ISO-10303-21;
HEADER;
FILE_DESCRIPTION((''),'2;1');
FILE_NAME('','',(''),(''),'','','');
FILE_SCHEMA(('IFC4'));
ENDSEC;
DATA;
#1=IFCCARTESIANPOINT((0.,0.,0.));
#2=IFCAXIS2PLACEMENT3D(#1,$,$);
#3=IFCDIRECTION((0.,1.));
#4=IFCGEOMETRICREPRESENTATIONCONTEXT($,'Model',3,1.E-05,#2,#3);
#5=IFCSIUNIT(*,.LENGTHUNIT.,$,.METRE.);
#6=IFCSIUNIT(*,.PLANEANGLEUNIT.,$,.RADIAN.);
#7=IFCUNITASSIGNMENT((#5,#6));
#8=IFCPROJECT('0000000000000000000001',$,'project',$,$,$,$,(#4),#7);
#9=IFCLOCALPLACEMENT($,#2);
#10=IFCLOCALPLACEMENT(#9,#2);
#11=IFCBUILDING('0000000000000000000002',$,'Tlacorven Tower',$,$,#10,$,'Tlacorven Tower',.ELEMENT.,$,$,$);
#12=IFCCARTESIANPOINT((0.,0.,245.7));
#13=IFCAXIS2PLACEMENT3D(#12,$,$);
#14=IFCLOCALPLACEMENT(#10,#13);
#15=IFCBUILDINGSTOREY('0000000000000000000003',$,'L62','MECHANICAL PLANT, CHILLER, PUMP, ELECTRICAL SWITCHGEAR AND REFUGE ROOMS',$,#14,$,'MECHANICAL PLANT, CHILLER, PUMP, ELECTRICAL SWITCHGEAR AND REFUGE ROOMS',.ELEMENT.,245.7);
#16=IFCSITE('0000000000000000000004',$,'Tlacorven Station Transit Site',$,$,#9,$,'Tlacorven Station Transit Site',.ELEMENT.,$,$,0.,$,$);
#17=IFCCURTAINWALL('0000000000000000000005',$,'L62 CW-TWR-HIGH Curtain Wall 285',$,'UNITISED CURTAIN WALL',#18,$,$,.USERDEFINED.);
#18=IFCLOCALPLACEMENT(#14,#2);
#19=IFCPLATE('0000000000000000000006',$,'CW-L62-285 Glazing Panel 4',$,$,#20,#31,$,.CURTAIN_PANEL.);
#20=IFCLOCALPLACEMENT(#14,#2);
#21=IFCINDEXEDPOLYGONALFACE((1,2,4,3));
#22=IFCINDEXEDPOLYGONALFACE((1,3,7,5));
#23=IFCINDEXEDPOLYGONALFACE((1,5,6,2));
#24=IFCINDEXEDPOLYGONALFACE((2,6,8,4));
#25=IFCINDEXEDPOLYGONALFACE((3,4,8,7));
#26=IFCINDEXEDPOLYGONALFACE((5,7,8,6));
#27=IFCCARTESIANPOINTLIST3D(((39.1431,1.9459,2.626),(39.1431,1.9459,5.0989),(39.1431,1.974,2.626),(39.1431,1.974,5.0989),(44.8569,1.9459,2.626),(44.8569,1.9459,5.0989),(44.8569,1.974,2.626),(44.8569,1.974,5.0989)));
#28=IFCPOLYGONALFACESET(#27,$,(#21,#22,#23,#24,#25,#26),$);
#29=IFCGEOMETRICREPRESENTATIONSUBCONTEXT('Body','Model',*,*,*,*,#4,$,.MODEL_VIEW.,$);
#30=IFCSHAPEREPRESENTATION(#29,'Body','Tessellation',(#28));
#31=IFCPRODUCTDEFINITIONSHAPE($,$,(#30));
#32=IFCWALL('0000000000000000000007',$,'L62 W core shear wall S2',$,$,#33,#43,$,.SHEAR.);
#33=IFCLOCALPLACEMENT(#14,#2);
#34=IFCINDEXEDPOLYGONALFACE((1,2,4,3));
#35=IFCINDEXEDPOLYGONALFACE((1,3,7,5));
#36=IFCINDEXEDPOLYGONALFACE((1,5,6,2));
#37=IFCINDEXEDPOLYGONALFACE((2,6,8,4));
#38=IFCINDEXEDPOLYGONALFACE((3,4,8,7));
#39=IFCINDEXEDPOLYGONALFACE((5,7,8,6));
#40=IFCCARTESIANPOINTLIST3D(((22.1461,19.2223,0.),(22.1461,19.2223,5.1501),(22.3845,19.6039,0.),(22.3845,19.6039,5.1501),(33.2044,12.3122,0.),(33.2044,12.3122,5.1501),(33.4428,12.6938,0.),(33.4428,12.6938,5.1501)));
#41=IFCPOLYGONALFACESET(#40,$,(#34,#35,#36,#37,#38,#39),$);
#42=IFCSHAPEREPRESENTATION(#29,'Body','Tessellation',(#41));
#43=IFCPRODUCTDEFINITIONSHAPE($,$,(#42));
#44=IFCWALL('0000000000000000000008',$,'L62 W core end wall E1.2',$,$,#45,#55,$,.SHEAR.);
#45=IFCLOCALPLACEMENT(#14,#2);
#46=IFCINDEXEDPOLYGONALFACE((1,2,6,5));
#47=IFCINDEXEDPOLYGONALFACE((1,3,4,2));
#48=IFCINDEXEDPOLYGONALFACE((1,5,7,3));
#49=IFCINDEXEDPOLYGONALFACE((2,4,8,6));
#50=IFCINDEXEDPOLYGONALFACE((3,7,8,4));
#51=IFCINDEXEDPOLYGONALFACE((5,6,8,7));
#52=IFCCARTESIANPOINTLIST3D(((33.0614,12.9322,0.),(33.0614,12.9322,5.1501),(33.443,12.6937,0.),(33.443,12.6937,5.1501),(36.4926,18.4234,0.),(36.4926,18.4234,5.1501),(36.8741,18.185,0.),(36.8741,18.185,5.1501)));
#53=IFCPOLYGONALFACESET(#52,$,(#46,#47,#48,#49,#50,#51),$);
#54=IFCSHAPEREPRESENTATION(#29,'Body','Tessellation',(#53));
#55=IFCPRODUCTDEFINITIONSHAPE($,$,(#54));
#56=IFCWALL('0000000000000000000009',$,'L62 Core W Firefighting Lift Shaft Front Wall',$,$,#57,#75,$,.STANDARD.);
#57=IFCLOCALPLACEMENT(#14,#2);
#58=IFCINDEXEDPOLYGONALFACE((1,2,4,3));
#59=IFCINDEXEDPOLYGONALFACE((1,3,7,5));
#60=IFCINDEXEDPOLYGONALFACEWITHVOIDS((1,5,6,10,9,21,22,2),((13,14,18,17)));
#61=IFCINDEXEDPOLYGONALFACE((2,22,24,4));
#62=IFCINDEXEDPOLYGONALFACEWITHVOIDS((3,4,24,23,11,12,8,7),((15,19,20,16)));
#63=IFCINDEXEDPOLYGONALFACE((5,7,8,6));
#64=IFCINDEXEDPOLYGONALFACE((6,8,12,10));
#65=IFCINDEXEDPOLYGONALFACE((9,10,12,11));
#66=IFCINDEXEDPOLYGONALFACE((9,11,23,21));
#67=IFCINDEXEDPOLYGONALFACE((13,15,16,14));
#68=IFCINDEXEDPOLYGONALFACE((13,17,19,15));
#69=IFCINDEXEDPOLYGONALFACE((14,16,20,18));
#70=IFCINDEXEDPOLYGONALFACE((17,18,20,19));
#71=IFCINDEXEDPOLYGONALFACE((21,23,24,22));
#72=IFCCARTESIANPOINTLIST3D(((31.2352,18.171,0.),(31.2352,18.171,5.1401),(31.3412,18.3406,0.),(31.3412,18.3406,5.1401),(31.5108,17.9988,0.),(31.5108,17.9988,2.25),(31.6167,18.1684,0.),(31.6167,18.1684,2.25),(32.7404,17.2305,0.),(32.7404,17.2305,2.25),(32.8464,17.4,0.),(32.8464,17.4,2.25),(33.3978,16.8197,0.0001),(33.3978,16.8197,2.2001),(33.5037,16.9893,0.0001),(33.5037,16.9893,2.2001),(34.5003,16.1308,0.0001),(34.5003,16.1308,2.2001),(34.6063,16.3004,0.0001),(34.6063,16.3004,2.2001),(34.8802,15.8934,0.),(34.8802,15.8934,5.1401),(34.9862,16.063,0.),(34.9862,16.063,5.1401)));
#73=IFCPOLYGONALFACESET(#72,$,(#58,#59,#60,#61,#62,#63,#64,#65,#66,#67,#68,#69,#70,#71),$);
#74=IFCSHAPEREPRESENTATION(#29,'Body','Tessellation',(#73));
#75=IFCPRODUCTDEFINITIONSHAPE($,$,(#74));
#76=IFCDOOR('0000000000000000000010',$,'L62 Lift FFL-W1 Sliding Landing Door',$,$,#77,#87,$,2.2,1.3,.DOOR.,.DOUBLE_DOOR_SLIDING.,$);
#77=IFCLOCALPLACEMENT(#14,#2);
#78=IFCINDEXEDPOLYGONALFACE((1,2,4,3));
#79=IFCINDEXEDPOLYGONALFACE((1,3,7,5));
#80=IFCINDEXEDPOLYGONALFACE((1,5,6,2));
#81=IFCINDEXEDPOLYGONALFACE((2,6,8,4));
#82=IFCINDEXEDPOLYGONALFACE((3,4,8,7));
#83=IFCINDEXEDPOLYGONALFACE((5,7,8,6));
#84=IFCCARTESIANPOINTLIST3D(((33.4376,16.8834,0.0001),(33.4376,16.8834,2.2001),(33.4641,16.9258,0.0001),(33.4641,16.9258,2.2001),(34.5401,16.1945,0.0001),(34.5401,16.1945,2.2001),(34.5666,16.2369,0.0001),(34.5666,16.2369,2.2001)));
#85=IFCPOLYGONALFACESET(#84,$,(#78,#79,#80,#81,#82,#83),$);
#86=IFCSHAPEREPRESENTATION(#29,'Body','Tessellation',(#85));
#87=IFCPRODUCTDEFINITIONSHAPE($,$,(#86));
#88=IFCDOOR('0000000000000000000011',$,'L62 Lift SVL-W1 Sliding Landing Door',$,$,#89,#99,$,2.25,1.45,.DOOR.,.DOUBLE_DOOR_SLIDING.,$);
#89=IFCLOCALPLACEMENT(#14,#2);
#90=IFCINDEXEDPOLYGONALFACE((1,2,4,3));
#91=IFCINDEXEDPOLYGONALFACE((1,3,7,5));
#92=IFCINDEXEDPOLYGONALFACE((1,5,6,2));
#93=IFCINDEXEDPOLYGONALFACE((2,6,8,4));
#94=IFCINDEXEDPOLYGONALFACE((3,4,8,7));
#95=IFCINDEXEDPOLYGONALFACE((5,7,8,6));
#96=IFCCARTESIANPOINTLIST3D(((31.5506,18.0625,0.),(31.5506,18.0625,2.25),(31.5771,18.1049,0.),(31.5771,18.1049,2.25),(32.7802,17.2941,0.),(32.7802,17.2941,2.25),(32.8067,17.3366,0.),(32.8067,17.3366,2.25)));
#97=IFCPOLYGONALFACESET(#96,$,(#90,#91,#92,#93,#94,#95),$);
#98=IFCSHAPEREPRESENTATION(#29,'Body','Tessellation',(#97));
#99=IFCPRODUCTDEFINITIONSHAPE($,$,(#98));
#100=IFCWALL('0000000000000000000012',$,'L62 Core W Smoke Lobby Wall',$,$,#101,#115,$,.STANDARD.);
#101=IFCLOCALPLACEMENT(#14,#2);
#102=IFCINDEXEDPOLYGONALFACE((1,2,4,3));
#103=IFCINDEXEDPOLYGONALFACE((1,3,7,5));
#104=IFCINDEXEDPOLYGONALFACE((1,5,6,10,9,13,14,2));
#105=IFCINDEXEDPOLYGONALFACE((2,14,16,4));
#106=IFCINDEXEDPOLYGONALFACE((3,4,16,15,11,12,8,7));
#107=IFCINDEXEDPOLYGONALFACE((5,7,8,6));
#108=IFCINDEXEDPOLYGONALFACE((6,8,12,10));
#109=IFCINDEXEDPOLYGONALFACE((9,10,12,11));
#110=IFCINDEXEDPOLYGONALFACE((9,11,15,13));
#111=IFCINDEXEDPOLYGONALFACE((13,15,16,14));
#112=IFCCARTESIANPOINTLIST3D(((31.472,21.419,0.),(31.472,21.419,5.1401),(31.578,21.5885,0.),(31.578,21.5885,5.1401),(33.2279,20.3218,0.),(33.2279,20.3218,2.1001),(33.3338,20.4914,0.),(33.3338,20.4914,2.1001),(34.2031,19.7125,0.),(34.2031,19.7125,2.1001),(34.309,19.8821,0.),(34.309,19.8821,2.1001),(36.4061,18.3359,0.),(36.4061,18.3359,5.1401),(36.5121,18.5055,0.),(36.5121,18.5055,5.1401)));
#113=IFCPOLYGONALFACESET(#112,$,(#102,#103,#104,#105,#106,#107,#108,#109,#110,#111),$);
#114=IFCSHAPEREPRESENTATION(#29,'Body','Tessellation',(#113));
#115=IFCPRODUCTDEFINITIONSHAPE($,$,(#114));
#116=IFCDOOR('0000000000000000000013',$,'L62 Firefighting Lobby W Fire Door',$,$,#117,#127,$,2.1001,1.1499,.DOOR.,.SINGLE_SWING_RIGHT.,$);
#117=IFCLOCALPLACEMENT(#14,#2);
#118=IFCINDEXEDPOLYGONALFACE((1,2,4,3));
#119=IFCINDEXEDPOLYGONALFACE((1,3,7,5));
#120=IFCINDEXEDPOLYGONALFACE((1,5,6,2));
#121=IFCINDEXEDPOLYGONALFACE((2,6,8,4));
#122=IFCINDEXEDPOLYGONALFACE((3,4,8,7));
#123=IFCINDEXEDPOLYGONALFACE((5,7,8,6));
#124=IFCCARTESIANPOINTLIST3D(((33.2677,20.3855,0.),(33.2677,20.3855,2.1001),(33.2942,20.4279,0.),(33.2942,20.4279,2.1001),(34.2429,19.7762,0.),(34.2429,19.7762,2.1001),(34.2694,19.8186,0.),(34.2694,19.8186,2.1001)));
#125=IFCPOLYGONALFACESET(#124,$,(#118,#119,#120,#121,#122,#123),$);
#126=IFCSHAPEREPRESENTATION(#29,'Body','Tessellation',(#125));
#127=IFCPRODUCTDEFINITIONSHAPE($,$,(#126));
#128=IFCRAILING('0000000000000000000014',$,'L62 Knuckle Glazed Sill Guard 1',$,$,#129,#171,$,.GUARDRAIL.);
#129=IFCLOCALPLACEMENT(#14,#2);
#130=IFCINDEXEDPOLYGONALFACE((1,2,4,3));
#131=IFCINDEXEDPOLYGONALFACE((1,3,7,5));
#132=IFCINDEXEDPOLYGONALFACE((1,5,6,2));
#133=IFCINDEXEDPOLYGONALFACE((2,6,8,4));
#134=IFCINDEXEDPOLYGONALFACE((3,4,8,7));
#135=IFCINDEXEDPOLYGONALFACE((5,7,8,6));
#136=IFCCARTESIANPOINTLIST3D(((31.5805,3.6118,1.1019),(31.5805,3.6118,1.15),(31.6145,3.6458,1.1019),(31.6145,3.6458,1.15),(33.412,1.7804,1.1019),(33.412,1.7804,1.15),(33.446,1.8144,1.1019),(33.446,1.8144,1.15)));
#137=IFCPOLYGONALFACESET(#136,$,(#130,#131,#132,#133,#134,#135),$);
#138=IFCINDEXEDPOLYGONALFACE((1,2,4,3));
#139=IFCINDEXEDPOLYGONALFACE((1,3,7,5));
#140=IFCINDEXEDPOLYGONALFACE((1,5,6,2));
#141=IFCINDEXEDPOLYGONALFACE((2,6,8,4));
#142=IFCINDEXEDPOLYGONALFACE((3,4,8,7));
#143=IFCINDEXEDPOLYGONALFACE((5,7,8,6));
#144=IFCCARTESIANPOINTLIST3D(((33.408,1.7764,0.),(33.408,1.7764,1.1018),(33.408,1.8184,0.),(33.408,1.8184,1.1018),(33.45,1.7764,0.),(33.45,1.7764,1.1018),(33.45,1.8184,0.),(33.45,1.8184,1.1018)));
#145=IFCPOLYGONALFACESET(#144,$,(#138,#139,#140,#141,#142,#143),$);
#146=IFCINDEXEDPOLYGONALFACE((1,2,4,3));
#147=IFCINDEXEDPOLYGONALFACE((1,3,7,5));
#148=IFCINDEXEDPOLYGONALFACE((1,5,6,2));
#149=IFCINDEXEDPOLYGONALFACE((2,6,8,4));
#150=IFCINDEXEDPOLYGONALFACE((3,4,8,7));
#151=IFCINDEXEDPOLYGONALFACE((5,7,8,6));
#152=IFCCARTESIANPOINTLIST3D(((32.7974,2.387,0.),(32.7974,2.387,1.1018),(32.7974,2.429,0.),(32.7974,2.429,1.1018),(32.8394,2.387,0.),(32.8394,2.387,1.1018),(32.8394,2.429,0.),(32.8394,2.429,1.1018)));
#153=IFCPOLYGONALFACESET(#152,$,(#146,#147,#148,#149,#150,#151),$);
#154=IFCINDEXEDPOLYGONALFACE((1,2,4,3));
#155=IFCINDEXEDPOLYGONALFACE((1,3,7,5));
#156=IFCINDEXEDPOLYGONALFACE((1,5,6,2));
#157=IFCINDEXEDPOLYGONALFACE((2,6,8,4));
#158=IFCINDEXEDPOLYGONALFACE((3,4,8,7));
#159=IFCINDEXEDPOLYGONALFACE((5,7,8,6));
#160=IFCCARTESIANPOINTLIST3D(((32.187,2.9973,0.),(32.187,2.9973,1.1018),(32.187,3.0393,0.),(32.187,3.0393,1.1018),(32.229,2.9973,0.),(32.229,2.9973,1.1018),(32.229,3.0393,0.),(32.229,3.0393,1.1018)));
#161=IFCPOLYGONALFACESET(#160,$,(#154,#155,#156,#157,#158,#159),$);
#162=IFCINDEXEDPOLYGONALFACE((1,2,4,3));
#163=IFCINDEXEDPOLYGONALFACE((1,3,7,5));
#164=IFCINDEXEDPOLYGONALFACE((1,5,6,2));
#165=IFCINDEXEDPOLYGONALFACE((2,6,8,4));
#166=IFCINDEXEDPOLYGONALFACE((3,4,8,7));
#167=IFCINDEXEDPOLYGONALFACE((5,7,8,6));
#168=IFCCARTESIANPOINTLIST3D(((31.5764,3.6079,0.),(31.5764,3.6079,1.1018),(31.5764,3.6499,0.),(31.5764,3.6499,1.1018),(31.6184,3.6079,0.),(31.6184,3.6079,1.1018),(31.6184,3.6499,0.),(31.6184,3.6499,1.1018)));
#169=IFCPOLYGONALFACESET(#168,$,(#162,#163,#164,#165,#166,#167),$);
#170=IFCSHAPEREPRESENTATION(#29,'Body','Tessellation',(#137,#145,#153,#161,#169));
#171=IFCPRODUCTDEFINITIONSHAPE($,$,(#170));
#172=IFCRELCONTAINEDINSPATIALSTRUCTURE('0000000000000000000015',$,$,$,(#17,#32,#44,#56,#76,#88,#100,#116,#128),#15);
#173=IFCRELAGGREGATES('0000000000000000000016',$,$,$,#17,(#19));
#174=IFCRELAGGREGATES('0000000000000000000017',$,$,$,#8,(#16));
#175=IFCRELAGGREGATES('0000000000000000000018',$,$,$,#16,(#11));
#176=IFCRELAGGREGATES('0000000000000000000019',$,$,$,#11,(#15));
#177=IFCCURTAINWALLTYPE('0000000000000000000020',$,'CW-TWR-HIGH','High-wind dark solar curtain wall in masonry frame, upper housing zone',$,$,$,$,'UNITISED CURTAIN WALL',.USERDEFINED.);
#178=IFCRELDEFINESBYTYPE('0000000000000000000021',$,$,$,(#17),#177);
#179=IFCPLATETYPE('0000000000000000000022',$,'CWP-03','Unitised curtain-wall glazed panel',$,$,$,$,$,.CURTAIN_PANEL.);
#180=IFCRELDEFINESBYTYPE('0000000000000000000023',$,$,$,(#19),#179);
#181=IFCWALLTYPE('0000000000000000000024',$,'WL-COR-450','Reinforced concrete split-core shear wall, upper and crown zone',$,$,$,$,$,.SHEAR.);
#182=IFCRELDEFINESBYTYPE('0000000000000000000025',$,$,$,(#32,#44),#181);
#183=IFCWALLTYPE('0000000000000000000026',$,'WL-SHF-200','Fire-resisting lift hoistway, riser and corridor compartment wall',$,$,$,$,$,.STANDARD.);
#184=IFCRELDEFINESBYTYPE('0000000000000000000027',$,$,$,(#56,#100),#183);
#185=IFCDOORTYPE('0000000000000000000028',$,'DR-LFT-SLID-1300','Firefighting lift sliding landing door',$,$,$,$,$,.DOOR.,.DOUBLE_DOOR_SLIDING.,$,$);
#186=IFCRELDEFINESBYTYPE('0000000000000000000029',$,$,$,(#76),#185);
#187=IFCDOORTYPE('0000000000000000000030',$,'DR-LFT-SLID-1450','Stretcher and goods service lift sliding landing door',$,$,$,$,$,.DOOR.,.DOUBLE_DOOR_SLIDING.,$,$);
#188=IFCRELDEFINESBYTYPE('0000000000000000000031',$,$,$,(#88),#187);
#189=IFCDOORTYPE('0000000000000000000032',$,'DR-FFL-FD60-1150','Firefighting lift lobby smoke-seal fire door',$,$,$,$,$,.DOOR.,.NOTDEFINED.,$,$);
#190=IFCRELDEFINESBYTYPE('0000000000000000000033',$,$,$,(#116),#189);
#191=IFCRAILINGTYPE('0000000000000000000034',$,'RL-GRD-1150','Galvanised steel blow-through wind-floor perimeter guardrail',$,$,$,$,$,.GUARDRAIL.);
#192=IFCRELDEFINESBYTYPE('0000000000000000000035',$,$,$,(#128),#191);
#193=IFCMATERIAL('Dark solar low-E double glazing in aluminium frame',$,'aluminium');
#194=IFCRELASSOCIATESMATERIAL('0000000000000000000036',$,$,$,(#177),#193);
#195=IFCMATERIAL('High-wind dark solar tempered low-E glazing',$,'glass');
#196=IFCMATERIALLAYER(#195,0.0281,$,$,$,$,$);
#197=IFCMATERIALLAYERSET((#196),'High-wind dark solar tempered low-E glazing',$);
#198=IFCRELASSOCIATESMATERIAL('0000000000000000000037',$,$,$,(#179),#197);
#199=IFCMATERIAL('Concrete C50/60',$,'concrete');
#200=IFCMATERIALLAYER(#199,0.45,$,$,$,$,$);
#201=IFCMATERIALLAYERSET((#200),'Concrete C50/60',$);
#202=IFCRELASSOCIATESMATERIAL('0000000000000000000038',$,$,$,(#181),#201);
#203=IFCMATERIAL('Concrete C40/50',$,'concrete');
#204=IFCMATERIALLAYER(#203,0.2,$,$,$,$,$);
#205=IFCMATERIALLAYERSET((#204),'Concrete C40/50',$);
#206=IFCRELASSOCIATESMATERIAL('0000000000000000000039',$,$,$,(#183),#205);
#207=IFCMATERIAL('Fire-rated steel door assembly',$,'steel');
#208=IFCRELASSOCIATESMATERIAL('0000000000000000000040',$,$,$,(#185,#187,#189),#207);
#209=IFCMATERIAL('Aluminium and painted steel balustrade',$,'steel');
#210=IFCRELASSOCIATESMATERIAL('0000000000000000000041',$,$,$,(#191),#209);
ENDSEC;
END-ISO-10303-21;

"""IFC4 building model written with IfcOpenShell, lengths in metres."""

from ifc_helpers import new_model, si_unit, direction, frame, frame_2d, origin, origin_2d, place, context, subcontext, project, spatial, rectangle, extrude, source, transform, mapped, material, layer, layer_set, type_object, element, fill, aggregate, save


model = new_model("IFC4")

# Units and contexts
model_context = context("Model", 3, precision=1e-05, world=origin(), true_north=direction((0.0, 1.0)))
body_context = subcontext(model_context, "Body", "Model", "MODEL_VIEW")
ifc_project = project(units=[si_unit("LENGTHUNIT", "METRE"), si_unit("PLANEANGLEUNIT", "RADIAN")], contexts=[model_context])

# Site, building, storey
site_placement = place(None, origin())
site = spatial("IfcSite", under=ifc_project, at=site_placement, Name="Tlacorven Station Transit Site", LongName="Tlacorven Station Transit Site", CompositionType="ELEMENT", RefElevation=0.0)
building_placement = place(site_placement, origin())
building = spatial("IfcBuilding", under=site, at=building_placement, Name="Tlacorven Tower", LongName="Tlacorven Tower", CompositionType="ELEMENT")
storey_placement = place(building_placement, frame((0.0, 0.0, 245.7)))
storey = spatial("IfcBuildingStorey", under=building, at=storey_placement, Name="L62", Description="MECHANICAL PLANT, CHILLER, PUMP, ELECTRICAL SWITCHGEAR AND REFUGE ROOMS", LongName="MECHANICAL PLANT, CHILLER, PUMP, ELECTRICAL SWITCHGEAR AND REFUGE ROOMS", CompositionType="ELEMENT", Elevation=245.7)

# Curtain wall
ifc_material_1 = material(Name="Dark solar low-E double glazing in aluminium frame", Category="aluminium")
curtain_wall_type = type_object("IfcCurtainWallType", Name="CW-TWR-HIGH", Description="High-wind dark solar curtain wall in masonry frame, upper housing zone", ElementType="UNITISED CURTAIN WALL", PredefinedType="USERDEFINED", material=ifc_material_1)
curtain_wall_1_placement = place(storey_placement, origin())
curtain_wall_1 = element("IfcCurtainWall", 1, at=curtain_wall_1_placement, inside=storey, type_object=curtain_wall_type, Name="L62 CW-TWR-HIGH Curtain Wall 285", ObjectType="UNITISED CURTAIN WALL", PredefinedType="USERDEFINED")

# Plate
ifc_material_2 = material(Name="High-wind dark solar tempered low-E glazing", Category="glass")
ifc_layer_1 = layer(ifc_material_2, 0.0281)
ifc_layer_set_1 = layer_set([ifc_layer_1], Name="High-wind dark solar tempered low-E glazing")
plate_type_1 = type_object("IfcPlateType", Name="CWP-03", Description="Unitised curtain-wall glazed panel", PredefinedType="CURTAIN_PANEL", material=ifc_layer_set_1)
shared_shape_1 = source(origin(), body_context, "Body", "SweptSolid", [
    extrude(rectangle(XDim=5.7139, YDim=0.0281, at=origin_2d()), origin(), (0.0, 0.0, 1.0), 2.4729),
])
plate_1_placement = place(storey_placement, frame((42.0, 1.96, 2.626), z_axis=(0.0, 0.0, 1.0), x_axis=(-1.0, 0.0, 0.0)))
plate_1 = element("IfcPlate", 2, at=plate_1_placement, type_object=plate_type_1, Name="CW-L62-285 Glazing Panel 4", PredefinedType="CURTAIN_PANEL", context=body_context, shape_type="MappedRepresentation", body=[
    mapped(shared_shape_1, transform((0.0, 0.0, 0.0), scale=1.0)),
])
aggregate(curtain_wall_1, [plate_1])

# Walls
ifc_material_3 = material(Name="Concrete C50/60", Category="concrete")
ifc_layer_2 = layer(ifc_material_3, 0.45)
ifc_layer_set_2 = layer_set([ifc_layer_2], Name="Concrete C50/60")
wall_type_1 = type_object("IfcWallType", Name="WL-COR-450", Description="Reinforced concrete split-core shear wall, upper and crown zone", PredefinedType="SHEAR", material=ifc_layer_set_2)
wall_1_placement = place(storey_placement, frame((33.3237, 12.5029, 0.0), z_axis=(0.0, 0.0, 1.0), x_axis=(-0.848044, 0.529927, 0.0)))
element("IfcWall", 3, at=wall_1_placement, inside=storey, type_object=wall_type_1, Name="L62 W core shear wall S2", PredefinedType="SHEAR", context=body_context, shape_type="SweptSolid", body=[
    extrude(rectangle(XDim=13.0398, YDim=0.45, at=frame_2d((6.52, 0.0))), origin(), (0.0, 0.0, 1.0), 5.1501),
])
wall_2_placement = place(storey_placement, frame((36.6833, 18.3042, 0.0), z_axis=(0.0, 0.0, 1.0), x_axis=(-0.529904, -0.848058, 0.0)))
element("IfcWall", 4, at=wall_2_placement, inside=storey, type_object=wall_type_1, Name="L62 W core end wall E1.2", PredefinedType="SHEAR", context=body_context, shape_type="SweptSolid", body=[
    extrude(rectangle(XDim=6.4751, YDim=0.45, at=frame_2d((3.2375, 0.0))), origin(), (0.0, 0.0, 1.0), 5.1501),
])

# Wall, openings, doors
ifc_material_4 = material(Name="Concrete C40/50", Category="concrete")
ifc_layer_3 = layer(ifc_material_4, 0.2)
ifc_layer_set_3 = layer_set([ifc_layer_3], Name="Concrete C40/50")
wall_type_2 = type_object("IfcWallType", Name="WL-SHF-200", Description="Fire-resisting lift hoistway, riser and corridor compartment wall", PredefinedType="STANDARD", material=ifc_layer_set_3)
wall_3_placement = place(storey_placement, frame((34.9331, 15.9783, 0.0), z_axis=(0.0, 0.0, 1.0), x_axis=(-0.848056, 0.529907, 0.0)))
wall_3 = element("IfcWall", 5, at=wall_3_placement, inside=storey, type_object=wall_type_2, Name="L62 Core W Firefighting Lift Shaft Front Wall", PredefinedType="STANDARD", context=body_context, shape_type="SweptSolid", body=[
    extrude(rectangle(XDim=4.2981, YDim=0.2, at=frame_2d((2.1489, 0.0))), origin(), (0.0, 0.0, 1.0), 5.1401),
])
opening_1_placement = place(wall_3_placement, frame((0.448, 0.0, 0.0)))
opening_1 = element("IfcOpeningElement", 6, at=opening_1_placement, cuts=wall_3, PredefinedType="OPENING", context=body_context, shape_type="SweptSolid", body=[
    extrude(rectangle(XDim=1.3, YDim=2.2, at=frame_2d((0.6499, 1.1001))), frame((0.0, 0.1099, 0.0), z_axis=(0.0, -1.0, 0.0), x_axis=(1.0, 0.0, 0.0)), (0.0, 0.0, 1.0), 0.22),
])
opening_2_placement = place(wall_3_placement, frame((2.5229, 0.0, 0.0)))
opening_2 = element("IfcOpeningElement", 7, at=opening_2_placement, cuts=wall_3, PredefinedType="OPENING", context=body_context, shape_type="SweptSolid", body=[
    extrude(rectangle(XDim=1.45, YDim=2.25, at=frame_2d((0.7251, 1.125))), frame((0.0, 0.1099, 0.0), z_axis=(0.0, -1.0, 0.0), x_axis=(1.0, 0.0, 0.0)), (0.0, 0.0, 1.0), 0.22),
])
ifc_material_5 = material(Name="Fire-rated steel door assembly", Category="steel")
door_type_1 = type_object("IfcDoorType", Name="DR-LFT-SLID-1300", Description="Firefighting lift sliding landing door", OperationType="DOUBLE_DOOR_SLIDING", PredefinedType="DOOR", material=ifc_material_5)
shared_shape_2 = source(origin(), body_context, "Body", "SweptSolid", [
    extrude(rectangle(XDim=1.3, YDim=2.2, at=frame_2d((0.6499, 1.1001))), frame((0.0, 0.0249, 0.0), z_axis=(0.0, -1.0, 0.0), x_axis=(1.0, 0.0, 0.0)), (0.0, 0.0, 1.0), 0.05),
])
door_1_placement = place(opening_1_placement, origin())
door_1 = element("IfcDoor", 8, at=door_1_placement, inside=storey, type_object=door_type_1, Name="L62 Lift FFL-W1 Sliding Landing Door", OperationType="DOUBLE_DOOR_SLIDING", OverallHeight=2.2, OverallWidth=1.3, PredefinedType="DOOR", context=body_context, shape_type="MappedRepresentation", body=[
    mapped(shared_shape_2, transform((0.0, 0.0, 0.0), scale=1.0)),
])
fill(opening_1, door_1)
door_type_2 = type_object("IfcDoorType", Name="DR-LFT-SLID-1450", Description="Stretcher and goods service lift sliding landing door", OperationType="DOUBLE_DOOR_SLIDING", PredefinedType="DOOR", material=ifc_material_5)
shared_shape_3 = source(origin(), body_context, "Body", "SweptSolid", [
    extrude(rectangle(XDim=1.45, YDim=2.25, at=frame_2d((0.7251, 1.125))), frame((0.0, 0.0249, 0.0), z_axis=(0.0, -1.0, 0.0), x_axis=(1.0, 0.0, 0.0)), (0.0, 0.0, 1.0), 0.05),
])
door_2_placement = place(opening_2_placement, origin())
door_2 = element("IfcDoor", 9, at=door_2_placement, inside=storey, type_object=door_type_2, Name="L62 Lift SVL-W1 Sliding Landing Door", OperationType="DOUBLE_DOOR_SLIDING", OverallHeight=2.25, OverallWidth=1.45, PredefinedType="DOOR", context=body_context, shape_type="MappedRepresentation", body=[
    mapped(shared_shape_3, transform((0.0, 0.0, 0.0), scale=1.0)),
])
fill(opening_2, door_2)

# Wall, opening, door
wall_4_placement = place(storey_placement, frame((36.4592, 18.4207, 0.0), z_axis=(0.0, 0.0, 1.0), x_axis=(-0.84806, 0.529901, 0.0)))
wall_4 = element("IfcWall", 10, at=wall_4_placement, inside=storey, type_object=wall_type_2, Name="L62 Core W Smoke Lobby Wall", PredefinedType="STANDARD", context=body_context, shape_type="SweptSolid", body=[
    extrude(rectangle(XDim=5.8181, YDim=0.2, at=frame_2d((2.9092, 0.0))), origin(), (0.0, 0.0, 1.0), 5.1401),
])
opening_3_placement = place(wall_4_placement, frame((2.5979, 0.0, 0.0)))
opening_3 = element("IfcOpeningElement", 11, at=opening_3_placement, cuts=wall_4, PredefinedType="OPENING", context=body_context, shape_type="SweptSolid", body=[
    extrude(rectangle(XDim=1.1499, YDim=2.1001, at=frame_2d((0.575, 1.05))), frame((0.0, 0.1099, 0.0), z_axis=(0.0, -1.0, 0.0), x_axis=(1.0, 0.0, 0.0)), (0.0, 0.0, 1.0), 0.22),
])
door_type_3 = type_object("IfcDoorType", Name="DR-FFL-FD60-1150", Description="Firefighting lift lobby smoke-seal fire door", OperationType="NOTDEFINED", PredefinedType="DOOR", material=ifc_material_5)
shared_shape_4 = source(origin(), body_context, "Body", "SweptSolid", [
    extrude(rectangle(XDim=1.1499, YDim=2.1001, at=frame_2d((0.575, 1.05))), frame((0.0, 0.0249, 0.0), z_axis=(0.0, -1.0, 0.0), x_axis=(1.0, 0.0, 0.0)), (0.0, 0.0, 1.0), 0.05),
])
door_3_placement = place(opening_3_placement, origin())
door_3 = element("IfcDoor", 12, at=door_3_placement, inside=storey, type_object=door_type_3, Name="L62 Firefighting Lobby W Fire Door", OperationType="SINGLE_SWING_RIGHT", OverallHeight=2.1001, OverallWidth=1.1499, PredefinedType="DOOR", context=body_context, shape_type="MappedRepresentation", body=[
    mapped(shared_shape_4, transform((0.0, 0.0, 0.0), scale=1.0)),
])
fill(opening_3, door_3)

# Railing
ifc_material_6 = material(Name="Aluminium and painted steel balustrade", Category="steel")
railing_type = type_object("IfcRailingType", Name="RL-GRD-1150", Description="Galvanised steel blow-through wind-floor perimeter guardrail", PredefinedType="GUARDRAIL", material=ifc_material_6)
shared_shape_5 = source(origin(), body_context, "Body", "SweptSolid", [
    extrude(rectangle(XDim=0.0481, YDim=0.0481, at=origin_2d()), frame((0.0, 0.0, 1.126), z_axis=(-0.707107, 0.707107, 0.0), x_axis=(-0.707107, -0.707107, 0.0)), (0.0, 0.0, 1.0), 2.5901),
    extrude(rectangle(XDim=0.042, YDim=0.042, at=origin_2d()), origin(), (0.0, 0.0, 1.0), 1.1018),
    extrude(rectangle(XDim=0.042, YDim=0.042, at=origin_2d()), frame((-0.6106, 0.6106, 0.0)), (0.0, 0.0, 1.0), 1.1018),
    extrude(rectangle(XDim=0.042, YDim=0.042, at=origin_2d()), frame((-1.2209, 1.2209, 0.0)), (0.0, 0.0, 1.0), 1.1018),
    extrude(rectangle(XDim=0.042, YDim=0.042, at=origin_2d()), frame((-1.8315, 1.8315, 0.0)), (0.0, 0.0, 1.0), 1.1018),
])
railing_placement = place(storey_placement, frame((33.429, 1.7974, 0.0)))
element("IfcRailing", 13, at=railing_placement, inside=storey, type_object=railing_type, Name="L62 Knuckle Glazed Sill Guard 1", PredefinedType="GUARDRAIL", context=body_context, shape_type="MappedRepresentation", body=[
    mapped(shared_shape_5, transform((0.0, 0.0, 0.0), scale=1.0)),
])

save(model, "model.ifc")
